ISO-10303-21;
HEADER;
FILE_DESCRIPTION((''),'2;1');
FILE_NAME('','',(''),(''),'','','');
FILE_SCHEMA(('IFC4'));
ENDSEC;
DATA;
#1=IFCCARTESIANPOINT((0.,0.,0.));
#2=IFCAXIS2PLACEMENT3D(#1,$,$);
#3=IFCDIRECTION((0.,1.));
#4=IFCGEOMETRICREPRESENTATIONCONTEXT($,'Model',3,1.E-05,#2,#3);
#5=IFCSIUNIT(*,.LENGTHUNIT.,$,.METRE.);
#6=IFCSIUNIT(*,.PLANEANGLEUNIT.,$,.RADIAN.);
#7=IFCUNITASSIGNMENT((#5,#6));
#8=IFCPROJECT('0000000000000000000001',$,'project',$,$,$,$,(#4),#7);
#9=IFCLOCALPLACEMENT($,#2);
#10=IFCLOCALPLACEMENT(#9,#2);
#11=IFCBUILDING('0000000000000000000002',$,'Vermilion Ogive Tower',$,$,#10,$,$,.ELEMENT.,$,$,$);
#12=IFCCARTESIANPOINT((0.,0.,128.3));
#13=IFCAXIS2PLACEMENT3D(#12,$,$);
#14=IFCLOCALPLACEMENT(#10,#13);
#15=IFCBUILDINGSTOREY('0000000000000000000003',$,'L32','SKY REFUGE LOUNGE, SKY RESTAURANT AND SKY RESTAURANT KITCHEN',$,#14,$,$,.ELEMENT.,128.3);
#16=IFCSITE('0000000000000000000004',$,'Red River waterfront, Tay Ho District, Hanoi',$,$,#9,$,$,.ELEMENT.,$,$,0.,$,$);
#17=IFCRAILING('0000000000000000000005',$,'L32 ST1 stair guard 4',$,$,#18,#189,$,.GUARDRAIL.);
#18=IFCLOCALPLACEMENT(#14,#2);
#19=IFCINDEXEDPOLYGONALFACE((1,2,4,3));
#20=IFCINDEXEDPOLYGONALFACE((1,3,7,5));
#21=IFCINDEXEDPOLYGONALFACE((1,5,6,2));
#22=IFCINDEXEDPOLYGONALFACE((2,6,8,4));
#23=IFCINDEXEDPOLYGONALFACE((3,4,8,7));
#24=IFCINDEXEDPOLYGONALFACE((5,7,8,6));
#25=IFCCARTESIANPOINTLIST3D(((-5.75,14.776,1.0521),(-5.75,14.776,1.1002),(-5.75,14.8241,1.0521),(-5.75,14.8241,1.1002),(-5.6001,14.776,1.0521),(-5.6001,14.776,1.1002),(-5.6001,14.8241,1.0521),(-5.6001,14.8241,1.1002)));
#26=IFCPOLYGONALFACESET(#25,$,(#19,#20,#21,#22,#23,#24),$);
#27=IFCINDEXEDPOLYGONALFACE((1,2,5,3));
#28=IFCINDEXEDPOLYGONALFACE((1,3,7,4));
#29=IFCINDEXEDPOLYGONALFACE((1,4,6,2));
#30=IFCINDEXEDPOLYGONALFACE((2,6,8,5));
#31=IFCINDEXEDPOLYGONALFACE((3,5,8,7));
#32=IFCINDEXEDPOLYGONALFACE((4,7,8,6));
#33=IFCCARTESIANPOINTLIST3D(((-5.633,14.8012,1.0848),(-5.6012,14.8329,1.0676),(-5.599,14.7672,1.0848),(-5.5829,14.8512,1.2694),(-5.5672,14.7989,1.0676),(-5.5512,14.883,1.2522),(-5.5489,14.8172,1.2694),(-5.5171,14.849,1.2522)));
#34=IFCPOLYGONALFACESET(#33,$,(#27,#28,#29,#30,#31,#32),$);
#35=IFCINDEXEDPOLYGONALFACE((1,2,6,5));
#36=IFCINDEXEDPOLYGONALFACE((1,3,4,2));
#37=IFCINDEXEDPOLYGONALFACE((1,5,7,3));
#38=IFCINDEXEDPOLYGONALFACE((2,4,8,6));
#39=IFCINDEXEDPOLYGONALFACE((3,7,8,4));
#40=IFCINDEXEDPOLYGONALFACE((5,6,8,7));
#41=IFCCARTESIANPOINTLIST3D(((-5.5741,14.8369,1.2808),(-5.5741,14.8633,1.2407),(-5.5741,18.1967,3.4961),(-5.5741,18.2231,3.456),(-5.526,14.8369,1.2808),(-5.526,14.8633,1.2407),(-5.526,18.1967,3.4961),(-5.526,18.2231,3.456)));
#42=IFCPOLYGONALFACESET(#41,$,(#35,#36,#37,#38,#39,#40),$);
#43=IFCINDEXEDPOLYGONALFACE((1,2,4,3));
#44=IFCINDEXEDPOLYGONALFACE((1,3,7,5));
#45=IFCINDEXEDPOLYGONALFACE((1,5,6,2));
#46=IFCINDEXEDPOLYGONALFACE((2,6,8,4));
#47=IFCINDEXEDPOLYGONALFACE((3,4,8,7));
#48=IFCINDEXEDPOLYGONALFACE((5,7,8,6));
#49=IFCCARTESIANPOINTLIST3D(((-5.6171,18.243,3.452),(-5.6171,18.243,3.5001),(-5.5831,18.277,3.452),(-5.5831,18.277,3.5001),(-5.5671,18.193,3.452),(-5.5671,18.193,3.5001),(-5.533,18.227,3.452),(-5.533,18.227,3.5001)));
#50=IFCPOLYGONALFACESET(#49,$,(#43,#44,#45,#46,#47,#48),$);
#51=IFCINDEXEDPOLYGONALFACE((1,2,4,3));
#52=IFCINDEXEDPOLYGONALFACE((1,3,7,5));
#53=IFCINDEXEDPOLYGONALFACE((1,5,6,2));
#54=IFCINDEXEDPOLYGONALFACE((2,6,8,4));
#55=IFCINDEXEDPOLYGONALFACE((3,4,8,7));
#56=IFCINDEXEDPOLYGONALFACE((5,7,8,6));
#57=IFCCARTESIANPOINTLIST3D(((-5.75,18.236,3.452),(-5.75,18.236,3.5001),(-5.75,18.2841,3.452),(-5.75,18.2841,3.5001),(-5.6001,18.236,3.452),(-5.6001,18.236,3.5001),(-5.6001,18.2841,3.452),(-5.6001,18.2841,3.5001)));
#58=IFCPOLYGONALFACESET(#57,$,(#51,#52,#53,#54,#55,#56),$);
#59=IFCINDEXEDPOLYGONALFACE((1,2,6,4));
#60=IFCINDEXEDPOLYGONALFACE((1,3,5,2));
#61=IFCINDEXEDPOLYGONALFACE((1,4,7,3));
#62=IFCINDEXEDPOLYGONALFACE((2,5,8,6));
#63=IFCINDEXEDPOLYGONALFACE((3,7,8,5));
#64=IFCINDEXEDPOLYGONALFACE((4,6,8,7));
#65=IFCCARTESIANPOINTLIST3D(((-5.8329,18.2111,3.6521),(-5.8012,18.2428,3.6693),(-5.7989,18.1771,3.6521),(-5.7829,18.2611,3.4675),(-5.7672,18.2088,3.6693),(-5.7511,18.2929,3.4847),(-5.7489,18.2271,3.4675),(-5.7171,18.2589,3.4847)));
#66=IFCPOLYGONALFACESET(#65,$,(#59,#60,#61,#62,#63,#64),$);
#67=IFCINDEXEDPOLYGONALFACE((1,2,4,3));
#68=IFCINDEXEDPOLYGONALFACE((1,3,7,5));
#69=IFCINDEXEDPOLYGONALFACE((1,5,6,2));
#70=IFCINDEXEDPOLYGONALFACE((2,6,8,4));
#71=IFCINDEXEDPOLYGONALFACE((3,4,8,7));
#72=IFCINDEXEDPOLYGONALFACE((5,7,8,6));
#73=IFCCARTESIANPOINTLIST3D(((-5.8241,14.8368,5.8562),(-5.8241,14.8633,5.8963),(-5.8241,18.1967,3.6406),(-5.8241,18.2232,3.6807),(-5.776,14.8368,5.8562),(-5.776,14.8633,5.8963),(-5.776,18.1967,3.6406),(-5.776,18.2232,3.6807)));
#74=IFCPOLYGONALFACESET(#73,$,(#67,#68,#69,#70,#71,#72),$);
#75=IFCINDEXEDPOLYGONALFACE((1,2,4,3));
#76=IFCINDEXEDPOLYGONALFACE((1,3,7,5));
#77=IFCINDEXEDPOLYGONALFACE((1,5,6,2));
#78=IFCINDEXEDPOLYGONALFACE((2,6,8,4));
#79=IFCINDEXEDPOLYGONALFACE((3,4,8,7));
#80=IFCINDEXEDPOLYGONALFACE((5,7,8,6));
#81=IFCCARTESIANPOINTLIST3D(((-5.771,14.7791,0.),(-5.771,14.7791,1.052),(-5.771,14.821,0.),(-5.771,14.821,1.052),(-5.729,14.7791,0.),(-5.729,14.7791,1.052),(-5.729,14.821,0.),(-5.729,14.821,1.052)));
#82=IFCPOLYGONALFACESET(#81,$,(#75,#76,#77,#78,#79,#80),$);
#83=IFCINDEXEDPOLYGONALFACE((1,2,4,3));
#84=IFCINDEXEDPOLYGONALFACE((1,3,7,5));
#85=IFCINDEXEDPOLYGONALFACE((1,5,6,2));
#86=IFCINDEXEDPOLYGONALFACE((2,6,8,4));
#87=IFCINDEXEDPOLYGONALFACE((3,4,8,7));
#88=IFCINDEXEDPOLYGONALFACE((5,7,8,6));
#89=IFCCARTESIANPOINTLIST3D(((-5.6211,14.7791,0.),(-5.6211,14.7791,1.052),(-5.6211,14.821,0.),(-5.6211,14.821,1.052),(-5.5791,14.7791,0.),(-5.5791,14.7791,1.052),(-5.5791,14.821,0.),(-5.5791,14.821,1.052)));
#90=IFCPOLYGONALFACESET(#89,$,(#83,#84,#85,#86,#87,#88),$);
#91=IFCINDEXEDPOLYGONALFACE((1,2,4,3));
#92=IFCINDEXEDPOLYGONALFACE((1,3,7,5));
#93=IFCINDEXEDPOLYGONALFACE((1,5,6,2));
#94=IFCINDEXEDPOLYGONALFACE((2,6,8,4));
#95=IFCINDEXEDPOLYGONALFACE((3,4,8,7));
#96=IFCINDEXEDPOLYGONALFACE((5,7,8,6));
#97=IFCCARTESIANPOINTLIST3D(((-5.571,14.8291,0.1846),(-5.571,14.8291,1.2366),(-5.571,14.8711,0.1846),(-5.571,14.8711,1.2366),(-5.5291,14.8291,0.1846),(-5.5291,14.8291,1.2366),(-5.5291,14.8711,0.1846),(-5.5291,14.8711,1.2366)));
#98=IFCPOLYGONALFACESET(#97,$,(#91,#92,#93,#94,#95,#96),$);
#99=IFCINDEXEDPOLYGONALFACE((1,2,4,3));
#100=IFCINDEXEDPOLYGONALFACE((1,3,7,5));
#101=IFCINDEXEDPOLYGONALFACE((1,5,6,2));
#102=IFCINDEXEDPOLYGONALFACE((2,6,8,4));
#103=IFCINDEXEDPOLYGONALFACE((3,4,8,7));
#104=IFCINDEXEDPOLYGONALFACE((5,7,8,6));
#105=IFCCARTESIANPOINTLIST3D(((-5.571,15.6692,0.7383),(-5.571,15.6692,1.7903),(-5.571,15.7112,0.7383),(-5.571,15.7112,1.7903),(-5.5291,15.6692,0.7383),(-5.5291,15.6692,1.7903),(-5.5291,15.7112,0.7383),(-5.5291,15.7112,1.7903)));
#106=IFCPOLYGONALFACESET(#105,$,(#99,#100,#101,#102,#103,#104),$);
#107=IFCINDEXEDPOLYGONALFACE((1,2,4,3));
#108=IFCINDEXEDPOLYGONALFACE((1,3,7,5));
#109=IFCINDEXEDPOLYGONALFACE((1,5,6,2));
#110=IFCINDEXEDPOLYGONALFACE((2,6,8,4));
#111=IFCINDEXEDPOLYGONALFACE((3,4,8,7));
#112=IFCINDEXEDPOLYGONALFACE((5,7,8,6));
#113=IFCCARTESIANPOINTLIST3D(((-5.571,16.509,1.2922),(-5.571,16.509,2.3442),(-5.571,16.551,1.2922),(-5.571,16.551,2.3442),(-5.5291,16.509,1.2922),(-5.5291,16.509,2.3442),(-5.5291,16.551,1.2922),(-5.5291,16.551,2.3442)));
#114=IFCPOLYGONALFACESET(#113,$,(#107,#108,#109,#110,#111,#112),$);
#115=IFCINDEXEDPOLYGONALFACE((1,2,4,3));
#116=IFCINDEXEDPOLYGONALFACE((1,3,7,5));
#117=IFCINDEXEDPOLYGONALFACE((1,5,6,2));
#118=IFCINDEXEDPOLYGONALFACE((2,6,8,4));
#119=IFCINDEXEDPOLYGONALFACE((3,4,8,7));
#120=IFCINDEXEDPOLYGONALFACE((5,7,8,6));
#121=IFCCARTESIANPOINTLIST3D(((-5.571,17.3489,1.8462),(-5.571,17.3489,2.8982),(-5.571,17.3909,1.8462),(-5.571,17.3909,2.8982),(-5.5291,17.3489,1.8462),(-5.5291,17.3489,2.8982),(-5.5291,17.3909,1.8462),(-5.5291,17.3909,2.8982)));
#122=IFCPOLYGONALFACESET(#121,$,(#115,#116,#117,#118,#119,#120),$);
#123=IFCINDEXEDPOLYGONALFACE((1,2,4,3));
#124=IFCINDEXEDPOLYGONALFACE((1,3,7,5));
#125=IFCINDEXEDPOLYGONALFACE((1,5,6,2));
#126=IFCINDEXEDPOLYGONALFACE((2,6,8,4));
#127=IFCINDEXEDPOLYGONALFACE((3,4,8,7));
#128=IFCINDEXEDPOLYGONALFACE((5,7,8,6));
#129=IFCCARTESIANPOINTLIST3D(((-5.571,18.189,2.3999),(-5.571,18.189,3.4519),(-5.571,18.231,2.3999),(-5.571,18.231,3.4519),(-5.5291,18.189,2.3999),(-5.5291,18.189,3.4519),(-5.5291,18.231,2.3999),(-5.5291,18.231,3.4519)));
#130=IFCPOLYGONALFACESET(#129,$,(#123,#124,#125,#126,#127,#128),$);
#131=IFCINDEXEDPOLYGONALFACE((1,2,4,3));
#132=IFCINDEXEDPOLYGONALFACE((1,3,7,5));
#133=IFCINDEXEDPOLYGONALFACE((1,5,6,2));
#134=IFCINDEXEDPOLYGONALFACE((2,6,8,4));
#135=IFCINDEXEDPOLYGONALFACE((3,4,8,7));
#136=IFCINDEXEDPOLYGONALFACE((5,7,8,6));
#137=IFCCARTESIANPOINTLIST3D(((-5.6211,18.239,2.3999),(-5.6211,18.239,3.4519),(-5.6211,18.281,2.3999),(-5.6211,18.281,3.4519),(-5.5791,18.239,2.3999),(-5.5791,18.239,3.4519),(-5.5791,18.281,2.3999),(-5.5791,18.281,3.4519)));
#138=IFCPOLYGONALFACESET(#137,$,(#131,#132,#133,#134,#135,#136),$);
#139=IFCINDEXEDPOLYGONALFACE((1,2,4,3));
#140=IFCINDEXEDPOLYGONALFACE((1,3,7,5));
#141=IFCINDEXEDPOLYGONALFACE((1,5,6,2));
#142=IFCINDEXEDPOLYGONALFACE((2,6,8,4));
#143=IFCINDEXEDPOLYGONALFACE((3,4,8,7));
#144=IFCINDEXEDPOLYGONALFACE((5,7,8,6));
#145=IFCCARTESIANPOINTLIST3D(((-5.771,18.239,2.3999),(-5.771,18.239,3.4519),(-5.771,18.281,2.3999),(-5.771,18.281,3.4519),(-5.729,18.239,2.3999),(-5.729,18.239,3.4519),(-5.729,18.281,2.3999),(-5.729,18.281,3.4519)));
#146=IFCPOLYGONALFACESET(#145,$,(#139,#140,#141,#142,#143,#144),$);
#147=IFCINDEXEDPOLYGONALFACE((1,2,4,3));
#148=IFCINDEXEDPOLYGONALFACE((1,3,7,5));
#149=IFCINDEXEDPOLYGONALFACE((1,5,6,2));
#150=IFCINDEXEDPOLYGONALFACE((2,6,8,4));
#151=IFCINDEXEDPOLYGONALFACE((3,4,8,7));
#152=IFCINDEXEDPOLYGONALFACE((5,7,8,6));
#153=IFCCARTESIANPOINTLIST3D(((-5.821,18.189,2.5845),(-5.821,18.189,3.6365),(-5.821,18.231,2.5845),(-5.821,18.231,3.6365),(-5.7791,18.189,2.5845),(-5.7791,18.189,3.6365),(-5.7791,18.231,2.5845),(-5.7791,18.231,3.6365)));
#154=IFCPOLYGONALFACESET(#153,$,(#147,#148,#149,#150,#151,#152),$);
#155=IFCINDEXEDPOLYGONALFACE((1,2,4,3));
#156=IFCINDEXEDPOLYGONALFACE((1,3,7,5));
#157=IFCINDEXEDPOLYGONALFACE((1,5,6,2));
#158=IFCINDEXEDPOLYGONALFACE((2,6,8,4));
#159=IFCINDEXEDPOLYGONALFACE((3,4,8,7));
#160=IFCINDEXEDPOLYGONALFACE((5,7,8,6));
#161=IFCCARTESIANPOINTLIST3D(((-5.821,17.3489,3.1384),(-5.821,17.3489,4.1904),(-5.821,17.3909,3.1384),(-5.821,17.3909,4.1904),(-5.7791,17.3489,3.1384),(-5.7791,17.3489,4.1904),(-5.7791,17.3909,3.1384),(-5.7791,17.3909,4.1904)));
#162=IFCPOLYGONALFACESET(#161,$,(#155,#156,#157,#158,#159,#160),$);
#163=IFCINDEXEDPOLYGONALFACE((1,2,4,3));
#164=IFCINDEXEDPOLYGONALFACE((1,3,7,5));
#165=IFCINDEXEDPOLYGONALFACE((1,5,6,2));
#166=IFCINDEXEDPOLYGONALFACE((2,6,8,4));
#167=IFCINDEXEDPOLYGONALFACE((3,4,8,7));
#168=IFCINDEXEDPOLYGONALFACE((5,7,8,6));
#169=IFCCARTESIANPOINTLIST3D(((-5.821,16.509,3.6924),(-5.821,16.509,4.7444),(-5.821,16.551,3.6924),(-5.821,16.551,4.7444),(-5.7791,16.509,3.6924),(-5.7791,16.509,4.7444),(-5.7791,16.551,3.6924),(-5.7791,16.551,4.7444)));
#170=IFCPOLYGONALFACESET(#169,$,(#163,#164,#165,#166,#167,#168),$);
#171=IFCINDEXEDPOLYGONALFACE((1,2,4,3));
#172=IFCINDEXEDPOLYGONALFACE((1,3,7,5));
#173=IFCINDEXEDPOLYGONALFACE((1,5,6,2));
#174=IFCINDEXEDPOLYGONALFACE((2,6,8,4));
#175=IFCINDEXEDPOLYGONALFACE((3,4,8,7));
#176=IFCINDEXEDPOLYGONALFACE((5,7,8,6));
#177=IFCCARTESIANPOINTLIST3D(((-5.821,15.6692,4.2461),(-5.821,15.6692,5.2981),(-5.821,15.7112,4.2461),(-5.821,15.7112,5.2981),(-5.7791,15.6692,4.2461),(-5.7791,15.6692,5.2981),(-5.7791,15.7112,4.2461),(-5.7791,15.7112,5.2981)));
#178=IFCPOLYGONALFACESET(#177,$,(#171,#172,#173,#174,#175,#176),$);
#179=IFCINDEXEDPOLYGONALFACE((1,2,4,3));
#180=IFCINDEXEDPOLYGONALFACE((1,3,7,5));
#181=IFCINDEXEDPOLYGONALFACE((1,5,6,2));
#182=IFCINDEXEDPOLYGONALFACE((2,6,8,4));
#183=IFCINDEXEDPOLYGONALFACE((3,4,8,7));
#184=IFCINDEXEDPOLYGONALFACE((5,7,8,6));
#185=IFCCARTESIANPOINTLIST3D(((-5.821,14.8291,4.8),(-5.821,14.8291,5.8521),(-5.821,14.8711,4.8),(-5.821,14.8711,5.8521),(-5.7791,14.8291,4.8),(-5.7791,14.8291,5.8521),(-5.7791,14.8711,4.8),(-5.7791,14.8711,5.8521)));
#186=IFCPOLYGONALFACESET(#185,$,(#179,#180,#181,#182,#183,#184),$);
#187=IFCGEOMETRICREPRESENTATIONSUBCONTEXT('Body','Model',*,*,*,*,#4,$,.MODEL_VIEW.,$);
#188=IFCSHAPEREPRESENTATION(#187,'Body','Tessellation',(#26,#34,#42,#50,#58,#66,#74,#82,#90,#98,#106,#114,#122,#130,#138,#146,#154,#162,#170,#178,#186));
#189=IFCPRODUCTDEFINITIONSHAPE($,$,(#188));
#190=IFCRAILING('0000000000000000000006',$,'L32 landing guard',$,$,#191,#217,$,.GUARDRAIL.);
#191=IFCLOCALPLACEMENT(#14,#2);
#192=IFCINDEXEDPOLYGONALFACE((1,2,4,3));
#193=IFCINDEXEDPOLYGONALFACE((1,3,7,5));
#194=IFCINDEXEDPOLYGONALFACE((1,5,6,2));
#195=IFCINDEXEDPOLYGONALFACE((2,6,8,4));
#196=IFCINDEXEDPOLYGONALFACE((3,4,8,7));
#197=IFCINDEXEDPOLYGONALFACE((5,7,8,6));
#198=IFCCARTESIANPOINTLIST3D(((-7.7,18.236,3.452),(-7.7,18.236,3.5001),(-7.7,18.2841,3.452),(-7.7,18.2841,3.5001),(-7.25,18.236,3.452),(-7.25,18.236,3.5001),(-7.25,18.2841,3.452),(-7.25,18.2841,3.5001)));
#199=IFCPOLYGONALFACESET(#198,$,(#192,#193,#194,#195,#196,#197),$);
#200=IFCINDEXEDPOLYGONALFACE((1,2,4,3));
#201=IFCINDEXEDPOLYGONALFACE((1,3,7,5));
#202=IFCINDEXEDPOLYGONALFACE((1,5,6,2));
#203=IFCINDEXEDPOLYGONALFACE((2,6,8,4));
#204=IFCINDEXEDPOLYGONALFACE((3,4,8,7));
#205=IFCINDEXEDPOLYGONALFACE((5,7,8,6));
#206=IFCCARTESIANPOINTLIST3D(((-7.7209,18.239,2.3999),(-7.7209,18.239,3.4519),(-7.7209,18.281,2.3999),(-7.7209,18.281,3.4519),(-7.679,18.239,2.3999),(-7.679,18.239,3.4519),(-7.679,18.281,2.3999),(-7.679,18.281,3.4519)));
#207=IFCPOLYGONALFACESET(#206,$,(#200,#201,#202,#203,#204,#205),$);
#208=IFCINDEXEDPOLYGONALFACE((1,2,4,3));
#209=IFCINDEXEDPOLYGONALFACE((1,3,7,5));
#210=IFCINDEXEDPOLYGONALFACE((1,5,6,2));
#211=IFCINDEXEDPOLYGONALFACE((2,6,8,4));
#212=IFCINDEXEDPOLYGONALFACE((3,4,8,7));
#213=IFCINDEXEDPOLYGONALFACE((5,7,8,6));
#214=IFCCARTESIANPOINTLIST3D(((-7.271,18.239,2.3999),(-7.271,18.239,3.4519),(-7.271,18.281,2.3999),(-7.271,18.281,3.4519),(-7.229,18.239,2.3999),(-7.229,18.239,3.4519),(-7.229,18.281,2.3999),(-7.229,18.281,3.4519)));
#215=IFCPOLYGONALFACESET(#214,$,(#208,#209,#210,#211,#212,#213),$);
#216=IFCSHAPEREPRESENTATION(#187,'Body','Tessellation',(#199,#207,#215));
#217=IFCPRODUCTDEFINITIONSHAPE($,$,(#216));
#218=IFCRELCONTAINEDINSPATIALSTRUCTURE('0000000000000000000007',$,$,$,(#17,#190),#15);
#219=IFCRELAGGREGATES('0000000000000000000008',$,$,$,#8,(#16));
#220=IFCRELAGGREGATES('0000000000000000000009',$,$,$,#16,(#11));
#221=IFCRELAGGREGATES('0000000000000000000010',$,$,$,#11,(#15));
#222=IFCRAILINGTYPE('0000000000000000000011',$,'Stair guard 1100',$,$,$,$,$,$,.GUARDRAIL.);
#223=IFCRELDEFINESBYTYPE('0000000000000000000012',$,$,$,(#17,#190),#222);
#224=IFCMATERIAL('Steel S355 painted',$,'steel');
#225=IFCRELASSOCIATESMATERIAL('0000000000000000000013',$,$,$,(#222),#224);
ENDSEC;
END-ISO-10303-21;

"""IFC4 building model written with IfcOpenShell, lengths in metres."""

from ifc_helpers import new_model, si_unit, direction, frame, origin, origin_2d, place, context, subcontext, project, spatial, rectangle, extrude, material, type_object, element, save


model = new_model("IFC4")

# Units and contexts
model_context = context("Model", 3, precision=1e-05, world=origin(), true_north=direction((0.0, 1.0)))
body_context = subcontext(model_context, "Body", "Model", "MODEL_VIEW")
ifc_project = project(units=[si_unit("LENGTHUNIT", "METRE"), si_unit("PLANEANGLEUNIT", "RADIAN")], contexts=[model_context])

# Site, building, storey
site_placement = place(None, origin())
site = spatial("IfcSite", under=ifc_project, at=site_placement, Name="Red River waterfront, Tay Ho District, Hanoi", CompositionType="ELEMENT", RefElevation=0.0)
building_placement = place(site_placement, origin())
building = spatial("IfcBuilding", under=site, at=building_placement, Name="Vermilion Ogive Tower", CompositionType="ELEMENT")
storey_placement = place(building_placement, frame((0.0, 0.0, 128.3)))
storey = spatial("IfcBuildingStorey", under=building, at=storey_placement, Name="L32", Description="SKY REFUGE LOUNGE, SKY RESTAURANT AND SKY RESTAURANT KITCHEN", CompositionType="ELEMENT", Elevation=128.3)

# Railings
ifc_material_1 = material(Name="Steel S355 painted", Category="steel")
railing_type_1 = type_object("IfcRailingType", Name="Stair guard 1100", PredefinedType="GUARDRAIL", material=ifc_material_1)
railing_1_placement = place(storey_placement, frame((-5.75, 14.8, 0.0)))
element("IfcRailing", 1, at=railing_1_placement, inside=storey, type_object=railing_type_1, Name="L32 ST1 stair guard 4", PredefinedType="GUARDRAIL", context=body_context, shape_type="SweptSolid", body=[
    extrude(rectangle(XDim=0.0481, YDim=0.0481, at=origin_2d()), frame((0.0, 0.0, 1.0762), z_axis=(1.0, 0.0, 0.0), x_axis=(0.0, 1.0, 0.0)), (0.0, 0.0, 1.0), 0.1499),
    extrude(rectangle(XDim=0.0481, YDim=0.0481, at=origin_2d()), frame((0.1499, 0.0, 1.0762), z_axis=(0.253186, 0.253186, 0.933699), x_axis=(-0.707107, 0.707107, 0.0)), (0.0, 0.0, 1.0), 0.1978),
    extrude(rectangle(XDim=0.0481, YDim=0.0481, at=origin_2d()), frame((0.2, 0.05, 1.2607), z_axis=(0.0, 0.834858, 0.550465), x_axis=(-1.0, 0.0, 0.0)), (0.0, 0.0, 1.0), 4.0244),
    extrude(rectangle(XDim=0.0481, YDim=0.0481, at=origin_2d()), frame((0.2, 3.4099, 3.4761), z_axis=(-0.707107, 0.707107, 0.0), x_axis=(-0.707107, -0.707107, 0.0)), (0.0, 0.0, 1.0), 0.0708),
    extrude(rectangle(XDim=0.0481, YDim=0.0481, at=origin_2d()), frame((0.1499, 3.46, 3.4761), z_axis=(-1.0, 0.0, 0.0), x_axis=(0.0, -1.0, 0.0)), (0.0, 0.0, 1.0), 0.1499),
    extrude(rectangle(XDim=0.0481, YDim=0.0481, at=origin_2d()), frame((0.0, 3.46, 3.4761), z_axis=(-0.253186, -0.253186, 0.933699), x_axis=(0.707107, -0.707107, 0.0)), (0.0, 0.0, 1.0), 0.1978),
    extrude(rectangle(XDim=0.0481, YDim=0.0481, at=origin_2d()), frame((-0.05, 3.4099, 3.6606), z_axis=(0.0, -0.83483, 0.550508), x_axis=(1.0, 0.0, 0.0)), (0.0, 0.0, 1.0), 4.0247),
    extrude(rectangle(XDim=0.042, YDim=0.042, at=origin_2d()), origin(), (0.0, 0.0, 1.0), 1.052),
    extrude(rectangle(XDim=0.042, YDim=0.042, at=origin_2d()), frame((0.1499, 0.0, 0.0)), (0.0, 0.0, 1.0), 1.052),
    extrude(rectangle(XDim=0.042, YDim=0.042, at=origin_2d()), frame((0.2, 0.05, 0.1846)), (0.0, 0.0, 1.0), 1.052),
    extrude(rectangle(XDim=0.042, YDim=0.042, at=origin_2d()), frame((0.2, 0.8901, 0.7383)), (0.0, 0.0, 1.0), 1.052),
    extrude(rectangle(XDim=0.042, YDim=0.042, at=origin_2d()), frame((0.2, 1.73, 1.2922)), (0.0, 0.0, 1.0), 1.052),
    extrude(rectangle(XDim=0.042, YDim=0.042, at=origin_2d()), frame((0.2, 2.5698, 1.8462)), (0.0, 0.0, 1.0), 1.052),
    extrude(rectangle(XDim=0.042, YDim=0.042, at=origin_2d()), frame((0.2, 3.4099, 2.3999)), (0.0, 0.0, 1.0), 1.052),
    extrude(rectangle(XDim=0.042, YDim=0.042, at=origin_2d()), frame((0.1499, 3.46, 2.3999)), (0.0, 0.0, 1.0), 1.052),
    extrude(rectangle(XDim=0.042, YDim=0.042, at=origin_2d()), frame((0.0, 3.46, 2.3999)), (0.0, 0.0, 1.0), 1.052),
    extrude(rectangle(XDim=0.042, YDim=0.042, at=origin_2d()), frame((-0.05, 3.4099, 2.5845)), (0.0, 0.0, 1.0), 1.052),
    extrude(rectangle(XDim=0.042, YDim=0.042, at=origin_2d()), frame((-0.05, 2.5698, 3.1384)), (0.0, 0.0, 1.0), 1.052),
    extrude(rectangle(XDim=0.042, YDim=0.042, at=origin_2d()), frame((-0.05, 1.73, 3.6924)), (0.0, 0.0, 1.0), 1.052),
    extrude(rectangle(XDim=0.042, YDim=0.042, at=origin_2d()), frame((-0.05, 0.8901, 4.2461)), (0.0, 0.0, 1.0), 1.052),
    extrude(rectangle(XDim=0.042, YDim=0.042, at=origin_2d()), frame((-0.05, 0.05, 4.8)), (0.0, 0.0, 1.0), 1.052),
])
railing_2_placement = place(storey_placement, frame((-7.7, 18.26, 2.3999)))
element("IfcRailing", 2, at=railing_2_placement, inside=storey, type_object=railing_type_1, Name="L32 landing guard", PredefinedType="GUARDRAIL", context=body_context, shape_type="SweptSolid", body=[
    extrude(rectangle(XDim=0.0481, YDim=0.0481, at=origin_2d()), frame((0.0, 0.0, 1.0762), z_axis=(1.0, 0.0, 0.0), x_axis=(0.0, 1.0, 0.0)), (0.0, 0.0, 1.0), 0.45),
    extrude(rectangle(XDim=0.042, YDim=0.042, at=origin_2d()), origin(), (0.0, 0.0, 1.0), 1.052),
    extrude(rectangle(XDim=0.042, YDim=0.042, at=origin_2d()), frame((0.45, 0.0, 0.0)), (0.0, 0.0, 1.0), 1.052),
])

save(model, "model.ifc")
